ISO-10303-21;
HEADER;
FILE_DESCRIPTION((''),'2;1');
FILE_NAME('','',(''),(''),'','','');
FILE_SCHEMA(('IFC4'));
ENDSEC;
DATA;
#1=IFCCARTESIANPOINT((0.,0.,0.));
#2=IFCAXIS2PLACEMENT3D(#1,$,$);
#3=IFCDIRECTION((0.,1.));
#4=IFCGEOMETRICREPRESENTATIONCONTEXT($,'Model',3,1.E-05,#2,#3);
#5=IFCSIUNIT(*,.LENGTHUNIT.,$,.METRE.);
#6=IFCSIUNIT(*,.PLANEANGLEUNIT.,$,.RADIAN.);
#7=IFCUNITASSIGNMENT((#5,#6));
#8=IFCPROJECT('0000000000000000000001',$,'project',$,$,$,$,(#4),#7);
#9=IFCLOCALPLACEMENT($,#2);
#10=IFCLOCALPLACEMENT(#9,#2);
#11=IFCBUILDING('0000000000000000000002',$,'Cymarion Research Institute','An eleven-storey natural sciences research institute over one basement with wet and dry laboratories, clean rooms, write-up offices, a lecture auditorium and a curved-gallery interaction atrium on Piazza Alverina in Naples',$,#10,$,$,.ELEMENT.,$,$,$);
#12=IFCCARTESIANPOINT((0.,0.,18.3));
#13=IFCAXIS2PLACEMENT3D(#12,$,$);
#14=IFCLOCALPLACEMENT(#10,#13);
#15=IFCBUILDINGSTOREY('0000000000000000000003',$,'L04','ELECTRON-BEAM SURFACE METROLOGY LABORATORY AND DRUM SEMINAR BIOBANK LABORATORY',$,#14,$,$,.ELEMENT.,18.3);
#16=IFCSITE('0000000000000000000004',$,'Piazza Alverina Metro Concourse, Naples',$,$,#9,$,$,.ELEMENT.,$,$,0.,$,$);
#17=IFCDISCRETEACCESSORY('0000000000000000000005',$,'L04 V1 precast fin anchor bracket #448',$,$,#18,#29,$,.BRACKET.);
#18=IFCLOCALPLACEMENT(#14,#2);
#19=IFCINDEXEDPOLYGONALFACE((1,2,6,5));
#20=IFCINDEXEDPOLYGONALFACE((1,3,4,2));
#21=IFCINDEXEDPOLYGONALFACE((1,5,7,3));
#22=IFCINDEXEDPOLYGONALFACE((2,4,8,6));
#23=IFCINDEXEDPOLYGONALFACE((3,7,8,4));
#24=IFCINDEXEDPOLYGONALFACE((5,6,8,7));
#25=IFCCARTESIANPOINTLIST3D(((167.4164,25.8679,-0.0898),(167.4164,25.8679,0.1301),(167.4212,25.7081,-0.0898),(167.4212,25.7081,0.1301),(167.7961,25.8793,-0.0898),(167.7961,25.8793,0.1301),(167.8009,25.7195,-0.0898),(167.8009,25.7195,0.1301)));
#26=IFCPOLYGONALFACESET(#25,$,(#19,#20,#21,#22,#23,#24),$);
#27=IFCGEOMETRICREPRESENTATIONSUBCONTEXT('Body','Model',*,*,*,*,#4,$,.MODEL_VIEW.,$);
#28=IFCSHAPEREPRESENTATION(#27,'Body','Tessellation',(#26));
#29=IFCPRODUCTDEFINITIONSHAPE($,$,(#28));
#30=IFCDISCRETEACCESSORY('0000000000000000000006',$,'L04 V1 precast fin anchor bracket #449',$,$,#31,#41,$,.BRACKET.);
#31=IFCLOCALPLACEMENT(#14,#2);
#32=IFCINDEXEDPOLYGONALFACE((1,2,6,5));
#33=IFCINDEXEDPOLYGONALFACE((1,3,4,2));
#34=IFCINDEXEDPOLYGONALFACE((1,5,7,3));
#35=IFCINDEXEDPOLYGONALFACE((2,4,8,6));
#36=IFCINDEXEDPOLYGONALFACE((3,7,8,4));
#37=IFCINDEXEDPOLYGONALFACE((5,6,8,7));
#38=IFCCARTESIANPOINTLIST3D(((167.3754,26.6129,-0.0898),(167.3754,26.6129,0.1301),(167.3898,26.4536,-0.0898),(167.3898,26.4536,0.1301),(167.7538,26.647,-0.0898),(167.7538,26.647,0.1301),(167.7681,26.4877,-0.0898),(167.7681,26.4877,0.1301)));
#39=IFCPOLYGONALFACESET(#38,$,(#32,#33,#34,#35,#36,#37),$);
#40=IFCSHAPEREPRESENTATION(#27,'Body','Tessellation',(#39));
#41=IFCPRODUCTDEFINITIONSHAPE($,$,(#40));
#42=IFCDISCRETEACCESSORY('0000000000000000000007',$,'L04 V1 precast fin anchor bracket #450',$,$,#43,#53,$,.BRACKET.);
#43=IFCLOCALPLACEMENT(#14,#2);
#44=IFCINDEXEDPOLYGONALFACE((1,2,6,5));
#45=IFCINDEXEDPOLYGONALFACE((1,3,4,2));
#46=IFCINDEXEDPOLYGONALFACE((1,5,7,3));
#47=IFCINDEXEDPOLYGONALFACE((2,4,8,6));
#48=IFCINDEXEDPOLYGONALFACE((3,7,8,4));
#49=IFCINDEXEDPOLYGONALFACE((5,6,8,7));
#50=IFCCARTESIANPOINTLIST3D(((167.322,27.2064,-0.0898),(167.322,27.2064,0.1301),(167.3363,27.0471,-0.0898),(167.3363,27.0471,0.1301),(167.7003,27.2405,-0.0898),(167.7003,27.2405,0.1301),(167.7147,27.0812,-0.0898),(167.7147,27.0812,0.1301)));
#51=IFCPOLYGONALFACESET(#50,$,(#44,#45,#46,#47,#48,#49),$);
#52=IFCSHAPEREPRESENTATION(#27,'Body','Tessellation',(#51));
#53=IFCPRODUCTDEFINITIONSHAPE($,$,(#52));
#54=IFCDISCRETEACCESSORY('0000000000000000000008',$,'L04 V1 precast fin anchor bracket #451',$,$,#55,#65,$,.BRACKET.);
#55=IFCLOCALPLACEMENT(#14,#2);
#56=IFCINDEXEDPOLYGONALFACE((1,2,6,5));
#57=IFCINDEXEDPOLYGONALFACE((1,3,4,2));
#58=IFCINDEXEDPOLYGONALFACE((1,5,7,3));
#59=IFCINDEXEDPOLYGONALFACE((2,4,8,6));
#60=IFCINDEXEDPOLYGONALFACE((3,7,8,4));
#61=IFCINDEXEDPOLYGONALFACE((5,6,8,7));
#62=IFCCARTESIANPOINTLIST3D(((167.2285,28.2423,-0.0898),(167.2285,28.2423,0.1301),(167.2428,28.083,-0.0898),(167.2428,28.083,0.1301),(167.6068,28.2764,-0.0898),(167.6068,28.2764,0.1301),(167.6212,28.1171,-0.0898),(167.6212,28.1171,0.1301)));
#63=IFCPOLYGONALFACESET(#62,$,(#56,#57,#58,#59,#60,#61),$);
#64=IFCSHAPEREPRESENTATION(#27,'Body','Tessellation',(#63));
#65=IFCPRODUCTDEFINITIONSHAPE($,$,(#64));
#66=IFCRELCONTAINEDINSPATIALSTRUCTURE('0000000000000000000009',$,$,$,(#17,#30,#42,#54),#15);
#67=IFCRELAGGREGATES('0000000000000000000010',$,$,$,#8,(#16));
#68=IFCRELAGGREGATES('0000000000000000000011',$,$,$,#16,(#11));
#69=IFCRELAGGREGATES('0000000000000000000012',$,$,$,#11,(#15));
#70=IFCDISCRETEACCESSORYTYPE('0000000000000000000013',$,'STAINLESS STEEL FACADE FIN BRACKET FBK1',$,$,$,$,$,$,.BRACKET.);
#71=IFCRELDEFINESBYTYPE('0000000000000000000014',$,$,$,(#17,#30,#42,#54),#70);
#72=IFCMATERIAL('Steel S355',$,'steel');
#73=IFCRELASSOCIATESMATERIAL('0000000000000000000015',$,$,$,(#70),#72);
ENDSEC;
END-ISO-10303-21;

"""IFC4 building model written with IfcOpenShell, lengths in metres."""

from ifc_helpers import new_model, si_unit, direction, frame, origin, origin_2d, place, context, subcontext, project, spatial, rectangle, extrude, material, type_object, element, save


model = new_model("IFC4")

# Units and contexts
model_context = context("Model", 3, precision=1e-05, world=origin(), true_north=direction((0.0, 1.0)))
body_context = subcontext(model_context, "Body", "Model", "MODEL_VIEW")
ifc_project = project(units=[si_unit("LENGTHUNIT", "METRE"), si_unit("PLANEANGLEUNIT", "RADIAN")], contexts=[model_context])

# Site, building, storey
site_placement = place(None, origin())
site = spatial("IfcSite", under=ifc_project, at=site_placement, Name="Piazza Alverina Metro Concourse, Naples", CompositionType="ELEMENT", RefElevation=0.0)
building_placement = place(site_placement, origin())
building = spatial("IfcBuilding", under=site, at=building_placement, Name="Cymarion Research Institute", Description="An eleven-storey natural sciences research institute over one basement with wet and dry laboratories, clean rooms, write-up offices, a lecture auditorium and a curved-gallery interaction atrium on Piazza Alverina in Naples", CompositionType="ELEMENT")
storey_placement = place(building_placement, frame((0.0, 0.0, 18.3)))
storey = spatial("IfcBuildingStorey", under=building, at=storey_placement, Name="L04", Description="ELECTRON-BEAM SURFACE METROLOGY LABORATORY AND DRUM SEMINAR BIOBANK LABORATORY", CompositionType="ELEMENT", Elevation=18.3)

# Discrete accessories
ifc_material_1 = material(Name="Steel S355", Category="steel")
discrete_accessory_type = type_object("IfcDiscreteAccessoryType", Name="STAINLESS STEEL FACADE FIN BRACKET FBK1", PredefinedType="BRACKET", material=ifc_material_1)
for number, where, z_axis, x_axis, name in (
    (1, (167.6086, 25.7937, -0.0898), (0.0, 0.0, 1.0), (0.999549, 0.030015, 0.0), "L04 V1 precast fin anchor bracket #448"),
    (2, (167.5718, 26.5503, -0.0898), (0.0, 0.0, 1.0), (0.995963, 0.089763, 0.0), "L04 V1 precast fin anchor bracket #449"),
    (3, (167.5183, 27.1438, -0.0898), (0.0, 0.0, 1.0), (0.995963, 0.089763, 0.0), "L04 V1 precast fin anchor bracket #450"),
    (4, (167.4248, 28.1797, -0.0898), (0.0, 0.0, 1.0), (0.995963, 0.089763, 0.0), "L04 V1 precast fin anchor bracket #451"),
):
    element("IfcDiscreteAccessory", number, at=place(storey_placement, frame(where, z_axis=z_axis, x_axis=x_axis)), inside=storey, type_object=discrete_accessory_type, Name=name, PredefinedType="BRACKET", context=body_context, shape_type="SweptSolid", body=[
        extrude(rectangle(XDim=0.3799, YDim=0.1599, at=origin_2d()), origin(), (0.0, 0.0, 1.0), 0.22),
    ])

save(model, "model.ifc")
